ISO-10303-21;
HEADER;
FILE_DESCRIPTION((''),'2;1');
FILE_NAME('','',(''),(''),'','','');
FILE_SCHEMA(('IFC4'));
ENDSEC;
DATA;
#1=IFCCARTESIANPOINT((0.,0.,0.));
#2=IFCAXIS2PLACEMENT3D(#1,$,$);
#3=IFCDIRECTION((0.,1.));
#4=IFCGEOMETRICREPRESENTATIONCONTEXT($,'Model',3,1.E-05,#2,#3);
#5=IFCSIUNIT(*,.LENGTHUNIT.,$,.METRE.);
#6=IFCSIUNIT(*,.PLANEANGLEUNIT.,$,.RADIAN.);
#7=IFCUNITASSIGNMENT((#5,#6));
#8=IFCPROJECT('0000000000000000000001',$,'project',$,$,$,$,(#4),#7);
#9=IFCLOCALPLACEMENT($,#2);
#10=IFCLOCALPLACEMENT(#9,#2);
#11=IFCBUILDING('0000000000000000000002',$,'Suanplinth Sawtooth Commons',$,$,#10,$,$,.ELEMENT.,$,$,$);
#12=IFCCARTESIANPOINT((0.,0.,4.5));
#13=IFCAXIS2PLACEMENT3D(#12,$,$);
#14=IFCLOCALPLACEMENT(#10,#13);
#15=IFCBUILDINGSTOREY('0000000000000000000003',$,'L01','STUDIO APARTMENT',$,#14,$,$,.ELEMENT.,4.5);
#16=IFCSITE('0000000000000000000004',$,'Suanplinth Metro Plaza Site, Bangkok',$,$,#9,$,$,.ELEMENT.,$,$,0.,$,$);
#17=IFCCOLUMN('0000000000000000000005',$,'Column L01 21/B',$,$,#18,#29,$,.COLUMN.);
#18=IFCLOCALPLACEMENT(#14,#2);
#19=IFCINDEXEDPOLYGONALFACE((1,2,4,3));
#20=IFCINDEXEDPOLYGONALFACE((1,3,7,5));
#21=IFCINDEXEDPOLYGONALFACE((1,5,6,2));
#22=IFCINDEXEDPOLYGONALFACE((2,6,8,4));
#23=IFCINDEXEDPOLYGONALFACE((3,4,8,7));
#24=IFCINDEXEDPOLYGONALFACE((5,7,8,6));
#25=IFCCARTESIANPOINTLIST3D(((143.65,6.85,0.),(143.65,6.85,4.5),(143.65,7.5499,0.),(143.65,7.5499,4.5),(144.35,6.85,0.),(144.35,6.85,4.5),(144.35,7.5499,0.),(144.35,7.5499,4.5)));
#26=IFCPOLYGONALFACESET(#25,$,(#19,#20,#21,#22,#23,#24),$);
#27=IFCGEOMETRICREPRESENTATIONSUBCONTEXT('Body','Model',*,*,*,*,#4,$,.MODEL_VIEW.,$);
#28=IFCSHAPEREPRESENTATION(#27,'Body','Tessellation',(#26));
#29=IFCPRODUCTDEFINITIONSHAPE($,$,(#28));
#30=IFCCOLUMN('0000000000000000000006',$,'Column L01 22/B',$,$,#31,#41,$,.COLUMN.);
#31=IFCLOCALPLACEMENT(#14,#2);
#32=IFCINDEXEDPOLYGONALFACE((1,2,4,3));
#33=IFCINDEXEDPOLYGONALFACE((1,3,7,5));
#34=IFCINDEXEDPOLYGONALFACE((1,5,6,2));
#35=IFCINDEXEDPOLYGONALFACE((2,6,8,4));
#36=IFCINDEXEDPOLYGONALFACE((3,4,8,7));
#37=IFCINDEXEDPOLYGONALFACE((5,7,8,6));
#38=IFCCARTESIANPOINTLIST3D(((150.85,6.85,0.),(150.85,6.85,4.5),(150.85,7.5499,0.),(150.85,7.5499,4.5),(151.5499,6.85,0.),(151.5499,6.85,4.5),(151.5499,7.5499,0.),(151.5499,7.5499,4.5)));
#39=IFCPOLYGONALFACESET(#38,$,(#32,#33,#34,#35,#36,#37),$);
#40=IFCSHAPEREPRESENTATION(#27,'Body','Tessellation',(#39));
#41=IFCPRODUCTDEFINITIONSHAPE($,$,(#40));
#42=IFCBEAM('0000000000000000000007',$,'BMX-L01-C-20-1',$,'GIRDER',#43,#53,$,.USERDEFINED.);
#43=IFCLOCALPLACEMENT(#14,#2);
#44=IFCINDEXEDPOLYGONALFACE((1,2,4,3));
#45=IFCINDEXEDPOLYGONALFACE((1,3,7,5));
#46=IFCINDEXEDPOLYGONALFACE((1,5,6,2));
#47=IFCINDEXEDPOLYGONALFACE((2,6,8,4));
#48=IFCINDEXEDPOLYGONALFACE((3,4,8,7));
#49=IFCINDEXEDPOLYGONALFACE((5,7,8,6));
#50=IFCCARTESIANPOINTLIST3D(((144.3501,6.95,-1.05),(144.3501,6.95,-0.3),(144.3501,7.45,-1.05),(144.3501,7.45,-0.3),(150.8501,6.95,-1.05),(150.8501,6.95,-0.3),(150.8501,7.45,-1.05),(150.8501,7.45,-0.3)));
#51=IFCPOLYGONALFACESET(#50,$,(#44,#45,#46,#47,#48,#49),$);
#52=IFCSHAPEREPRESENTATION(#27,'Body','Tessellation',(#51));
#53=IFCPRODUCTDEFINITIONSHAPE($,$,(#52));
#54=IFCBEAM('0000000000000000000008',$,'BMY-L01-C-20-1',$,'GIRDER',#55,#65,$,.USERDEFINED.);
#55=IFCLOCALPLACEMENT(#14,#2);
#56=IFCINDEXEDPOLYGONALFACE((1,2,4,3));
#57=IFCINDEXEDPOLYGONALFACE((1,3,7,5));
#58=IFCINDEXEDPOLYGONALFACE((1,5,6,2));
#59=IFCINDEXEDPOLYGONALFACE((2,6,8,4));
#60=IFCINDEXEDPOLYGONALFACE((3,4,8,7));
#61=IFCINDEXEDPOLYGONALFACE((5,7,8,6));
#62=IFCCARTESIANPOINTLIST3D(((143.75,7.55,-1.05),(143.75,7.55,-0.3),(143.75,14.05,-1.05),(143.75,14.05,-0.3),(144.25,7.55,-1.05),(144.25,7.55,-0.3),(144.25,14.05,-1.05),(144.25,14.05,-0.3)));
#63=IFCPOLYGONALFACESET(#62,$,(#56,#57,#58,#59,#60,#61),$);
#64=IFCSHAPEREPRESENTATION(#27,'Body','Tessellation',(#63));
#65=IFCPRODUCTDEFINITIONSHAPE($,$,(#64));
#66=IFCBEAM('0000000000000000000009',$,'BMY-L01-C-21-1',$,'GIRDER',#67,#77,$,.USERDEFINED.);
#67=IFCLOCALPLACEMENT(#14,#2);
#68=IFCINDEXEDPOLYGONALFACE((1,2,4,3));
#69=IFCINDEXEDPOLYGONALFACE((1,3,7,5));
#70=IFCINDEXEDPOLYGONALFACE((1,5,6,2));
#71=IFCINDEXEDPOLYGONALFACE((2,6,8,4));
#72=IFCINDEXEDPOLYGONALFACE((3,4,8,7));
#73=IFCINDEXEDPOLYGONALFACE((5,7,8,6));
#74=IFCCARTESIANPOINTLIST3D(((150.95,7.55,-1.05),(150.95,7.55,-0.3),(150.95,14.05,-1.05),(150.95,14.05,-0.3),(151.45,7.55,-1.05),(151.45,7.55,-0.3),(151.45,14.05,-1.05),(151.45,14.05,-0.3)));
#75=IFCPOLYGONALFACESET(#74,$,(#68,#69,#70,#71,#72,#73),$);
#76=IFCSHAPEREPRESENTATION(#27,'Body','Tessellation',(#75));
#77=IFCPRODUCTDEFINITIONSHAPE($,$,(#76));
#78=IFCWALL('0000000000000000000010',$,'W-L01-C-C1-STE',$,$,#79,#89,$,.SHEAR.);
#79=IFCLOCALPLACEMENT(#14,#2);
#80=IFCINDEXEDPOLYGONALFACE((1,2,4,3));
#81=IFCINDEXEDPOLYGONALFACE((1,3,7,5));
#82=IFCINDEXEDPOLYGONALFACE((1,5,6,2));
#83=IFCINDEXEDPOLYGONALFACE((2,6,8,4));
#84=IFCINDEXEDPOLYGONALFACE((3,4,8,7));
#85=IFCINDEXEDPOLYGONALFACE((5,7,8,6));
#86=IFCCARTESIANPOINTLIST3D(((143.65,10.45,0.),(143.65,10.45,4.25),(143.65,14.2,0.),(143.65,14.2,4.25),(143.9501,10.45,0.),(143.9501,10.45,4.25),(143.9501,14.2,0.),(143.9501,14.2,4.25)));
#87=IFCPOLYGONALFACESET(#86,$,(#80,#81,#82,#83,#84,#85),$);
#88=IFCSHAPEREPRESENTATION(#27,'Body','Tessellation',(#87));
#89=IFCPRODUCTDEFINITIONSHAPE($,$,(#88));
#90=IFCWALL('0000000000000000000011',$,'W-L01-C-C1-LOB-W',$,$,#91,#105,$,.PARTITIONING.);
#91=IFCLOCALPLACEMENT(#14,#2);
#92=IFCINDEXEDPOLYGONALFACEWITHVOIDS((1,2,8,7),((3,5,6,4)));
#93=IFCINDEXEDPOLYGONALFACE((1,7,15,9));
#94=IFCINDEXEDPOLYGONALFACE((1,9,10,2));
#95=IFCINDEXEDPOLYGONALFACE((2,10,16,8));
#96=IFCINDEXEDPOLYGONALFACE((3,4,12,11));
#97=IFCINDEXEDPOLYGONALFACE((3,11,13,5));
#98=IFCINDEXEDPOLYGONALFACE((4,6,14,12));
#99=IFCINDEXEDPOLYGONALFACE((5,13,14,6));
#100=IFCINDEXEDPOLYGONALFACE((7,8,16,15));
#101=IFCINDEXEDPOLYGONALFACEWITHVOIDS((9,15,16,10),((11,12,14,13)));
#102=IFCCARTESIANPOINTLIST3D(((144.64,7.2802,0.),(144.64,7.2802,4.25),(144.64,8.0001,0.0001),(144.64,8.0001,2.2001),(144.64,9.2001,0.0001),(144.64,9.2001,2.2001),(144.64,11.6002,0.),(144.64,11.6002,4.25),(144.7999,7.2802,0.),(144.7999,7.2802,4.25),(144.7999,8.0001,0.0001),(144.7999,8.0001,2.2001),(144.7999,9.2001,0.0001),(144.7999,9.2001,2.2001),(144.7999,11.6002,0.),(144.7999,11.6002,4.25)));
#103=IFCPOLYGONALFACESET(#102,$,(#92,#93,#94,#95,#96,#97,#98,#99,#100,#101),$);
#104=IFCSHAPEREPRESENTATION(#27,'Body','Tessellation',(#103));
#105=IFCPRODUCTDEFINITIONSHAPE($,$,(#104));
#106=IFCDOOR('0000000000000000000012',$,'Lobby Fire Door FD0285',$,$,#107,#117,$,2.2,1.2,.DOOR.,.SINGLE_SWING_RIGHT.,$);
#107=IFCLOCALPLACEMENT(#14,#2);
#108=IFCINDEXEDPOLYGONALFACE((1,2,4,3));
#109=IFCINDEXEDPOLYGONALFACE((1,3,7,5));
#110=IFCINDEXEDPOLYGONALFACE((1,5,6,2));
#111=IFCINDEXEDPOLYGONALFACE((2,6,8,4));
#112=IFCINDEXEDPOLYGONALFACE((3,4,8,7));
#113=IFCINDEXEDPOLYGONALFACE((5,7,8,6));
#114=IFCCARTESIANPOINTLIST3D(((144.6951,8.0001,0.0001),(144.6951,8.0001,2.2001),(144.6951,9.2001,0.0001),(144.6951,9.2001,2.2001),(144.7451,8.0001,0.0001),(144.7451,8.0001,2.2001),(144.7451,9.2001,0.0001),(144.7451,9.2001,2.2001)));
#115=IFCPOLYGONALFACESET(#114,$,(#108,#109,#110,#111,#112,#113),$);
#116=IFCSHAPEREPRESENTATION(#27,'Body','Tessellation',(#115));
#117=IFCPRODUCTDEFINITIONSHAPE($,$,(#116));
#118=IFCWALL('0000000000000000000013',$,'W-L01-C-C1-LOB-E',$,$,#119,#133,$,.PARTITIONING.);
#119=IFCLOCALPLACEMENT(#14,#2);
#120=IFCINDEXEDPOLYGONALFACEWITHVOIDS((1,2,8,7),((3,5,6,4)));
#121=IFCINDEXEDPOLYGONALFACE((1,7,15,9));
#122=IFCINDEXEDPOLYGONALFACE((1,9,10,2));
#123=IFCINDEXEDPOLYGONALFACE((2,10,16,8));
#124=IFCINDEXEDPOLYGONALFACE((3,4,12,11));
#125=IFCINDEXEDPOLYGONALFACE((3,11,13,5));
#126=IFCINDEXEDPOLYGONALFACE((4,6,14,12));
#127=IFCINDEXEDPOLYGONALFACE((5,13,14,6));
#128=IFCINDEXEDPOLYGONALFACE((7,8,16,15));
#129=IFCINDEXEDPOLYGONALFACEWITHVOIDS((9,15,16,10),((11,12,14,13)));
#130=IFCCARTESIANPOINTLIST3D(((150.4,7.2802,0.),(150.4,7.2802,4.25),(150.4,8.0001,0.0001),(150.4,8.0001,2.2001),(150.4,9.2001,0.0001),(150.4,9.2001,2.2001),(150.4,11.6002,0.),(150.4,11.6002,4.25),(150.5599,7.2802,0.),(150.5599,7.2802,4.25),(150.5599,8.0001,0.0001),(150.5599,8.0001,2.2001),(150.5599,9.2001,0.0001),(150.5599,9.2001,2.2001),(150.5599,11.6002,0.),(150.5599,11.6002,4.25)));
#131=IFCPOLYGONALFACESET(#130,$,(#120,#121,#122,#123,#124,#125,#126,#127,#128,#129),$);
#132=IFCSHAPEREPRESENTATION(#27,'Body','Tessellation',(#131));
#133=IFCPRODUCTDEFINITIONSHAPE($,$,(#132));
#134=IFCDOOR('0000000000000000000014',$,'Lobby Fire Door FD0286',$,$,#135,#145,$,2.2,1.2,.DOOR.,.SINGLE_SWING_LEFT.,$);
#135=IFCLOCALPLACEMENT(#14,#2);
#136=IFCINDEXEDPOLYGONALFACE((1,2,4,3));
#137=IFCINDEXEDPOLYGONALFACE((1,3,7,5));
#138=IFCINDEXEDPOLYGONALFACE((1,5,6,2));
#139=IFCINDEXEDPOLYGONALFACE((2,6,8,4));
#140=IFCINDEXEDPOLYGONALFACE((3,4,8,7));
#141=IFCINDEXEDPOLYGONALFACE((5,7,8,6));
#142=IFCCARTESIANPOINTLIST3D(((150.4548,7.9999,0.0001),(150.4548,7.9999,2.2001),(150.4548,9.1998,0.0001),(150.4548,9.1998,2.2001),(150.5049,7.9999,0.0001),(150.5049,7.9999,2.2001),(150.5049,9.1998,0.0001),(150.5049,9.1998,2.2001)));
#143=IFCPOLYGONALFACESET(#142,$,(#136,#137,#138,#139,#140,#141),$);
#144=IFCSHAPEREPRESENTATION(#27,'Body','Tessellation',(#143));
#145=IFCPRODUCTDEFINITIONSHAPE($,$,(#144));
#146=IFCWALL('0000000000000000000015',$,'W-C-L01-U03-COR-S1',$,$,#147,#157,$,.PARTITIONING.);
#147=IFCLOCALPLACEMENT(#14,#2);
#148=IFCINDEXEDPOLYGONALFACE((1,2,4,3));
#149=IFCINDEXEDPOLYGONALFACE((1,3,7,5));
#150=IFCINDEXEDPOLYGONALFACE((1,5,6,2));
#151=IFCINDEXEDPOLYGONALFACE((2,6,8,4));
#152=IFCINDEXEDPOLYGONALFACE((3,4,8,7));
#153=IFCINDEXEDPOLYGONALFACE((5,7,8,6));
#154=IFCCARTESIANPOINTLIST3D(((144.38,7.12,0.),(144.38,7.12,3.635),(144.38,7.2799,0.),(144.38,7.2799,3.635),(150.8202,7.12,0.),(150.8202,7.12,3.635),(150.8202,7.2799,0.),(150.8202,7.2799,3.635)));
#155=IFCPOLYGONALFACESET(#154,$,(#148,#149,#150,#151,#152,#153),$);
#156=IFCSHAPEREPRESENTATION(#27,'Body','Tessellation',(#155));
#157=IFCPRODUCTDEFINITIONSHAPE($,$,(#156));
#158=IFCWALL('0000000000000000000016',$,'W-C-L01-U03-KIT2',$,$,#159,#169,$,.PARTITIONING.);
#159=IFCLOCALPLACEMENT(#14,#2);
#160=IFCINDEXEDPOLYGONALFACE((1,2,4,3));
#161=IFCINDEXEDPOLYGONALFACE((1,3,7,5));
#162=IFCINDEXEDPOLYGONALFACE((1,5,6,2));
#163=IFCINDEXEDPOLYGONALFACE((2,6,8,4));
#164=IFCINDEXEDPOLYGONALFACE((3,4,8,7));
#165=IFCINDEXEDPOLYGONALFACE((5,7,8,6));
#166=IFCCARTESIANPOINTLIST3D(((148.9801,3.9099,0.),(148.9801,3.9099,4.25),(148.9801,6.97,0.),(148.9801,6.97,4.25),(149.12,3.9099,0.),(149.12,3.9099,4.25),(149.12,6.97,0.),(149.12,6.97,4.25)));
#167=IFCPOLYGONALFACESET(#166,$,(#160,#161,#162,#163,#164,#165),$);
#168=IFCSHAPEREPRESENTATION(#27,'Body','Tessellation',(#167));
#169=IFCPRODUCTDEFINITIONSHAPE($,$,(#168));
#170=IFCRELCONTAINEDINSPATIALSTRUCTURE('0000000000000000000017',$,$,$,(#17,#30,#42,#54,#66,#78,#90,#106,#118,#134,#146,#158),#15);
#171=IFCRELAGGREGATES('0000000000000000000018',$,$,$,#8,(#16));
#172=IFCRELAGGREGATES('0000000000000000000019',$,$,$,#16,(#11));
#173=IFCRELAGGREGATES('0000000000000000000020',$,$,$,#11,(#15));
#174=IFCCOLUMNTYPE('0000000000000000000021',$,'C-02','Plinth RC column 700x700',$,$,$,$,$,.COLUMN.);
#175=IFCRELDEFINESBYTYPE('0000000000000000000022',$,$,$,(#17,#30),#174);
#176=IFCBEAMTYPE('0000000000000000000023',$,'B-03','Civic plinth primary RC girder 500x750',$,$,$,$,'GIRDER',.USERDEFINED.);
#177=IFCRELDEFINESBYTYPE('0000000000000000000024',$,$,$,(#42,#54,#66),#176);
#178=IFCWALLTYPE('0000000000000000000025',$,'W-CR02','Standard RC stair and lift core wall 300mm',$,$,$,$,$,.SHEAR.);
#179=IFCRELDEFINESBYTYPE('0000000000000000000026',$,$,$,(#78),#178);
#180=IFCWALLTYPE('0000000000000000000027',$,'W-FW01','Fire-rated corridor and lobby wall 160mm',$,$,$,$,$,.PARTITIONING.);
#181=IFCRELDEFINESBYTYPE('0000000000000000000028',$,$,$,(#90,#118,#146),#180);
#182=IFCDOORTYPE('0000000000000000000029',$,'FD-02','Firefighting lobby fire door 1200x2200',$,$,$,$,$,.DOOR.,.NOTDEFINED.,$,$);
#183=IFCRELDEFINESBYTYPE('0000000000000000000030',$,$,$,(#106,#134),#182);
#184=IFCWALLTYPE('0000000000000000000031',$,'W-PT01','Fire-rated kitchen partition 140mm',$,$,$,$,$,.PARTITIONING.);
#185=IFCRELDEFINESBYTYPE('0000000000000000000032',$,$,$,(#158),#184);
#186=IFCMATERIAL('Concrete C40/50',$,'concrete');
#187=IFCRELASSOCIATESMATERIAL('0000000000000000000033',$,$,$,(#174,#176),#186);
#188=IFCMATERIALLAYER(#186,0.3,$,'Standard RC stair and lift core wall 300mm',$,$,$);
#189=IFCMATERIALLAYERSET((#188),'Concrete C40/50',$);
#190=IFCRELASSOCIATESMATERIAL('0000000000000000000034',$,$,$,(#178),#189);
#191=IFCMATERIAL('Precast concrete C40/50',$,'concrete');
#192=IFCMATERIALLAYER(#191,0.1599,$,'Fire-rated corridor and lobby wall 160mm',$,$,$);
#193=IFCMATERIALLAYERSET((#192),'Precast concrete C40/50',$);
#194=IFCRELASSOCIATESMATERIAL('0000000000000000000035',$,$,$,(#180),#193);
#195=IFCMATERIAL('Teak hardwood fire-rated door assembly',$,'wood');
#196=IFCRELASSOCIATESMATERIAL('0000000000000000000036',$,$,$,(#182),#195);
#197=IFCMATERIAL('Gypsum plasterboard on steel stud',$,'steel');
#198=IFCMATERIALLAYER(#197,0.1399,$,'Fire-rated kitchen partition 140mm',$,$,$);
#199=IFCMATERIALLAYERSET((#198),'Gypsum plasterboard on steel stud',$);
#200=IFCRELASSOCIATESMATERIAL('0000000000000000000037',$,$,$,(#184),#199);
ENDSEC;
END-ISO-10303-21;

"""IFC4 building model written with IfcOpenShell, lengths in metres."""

from ifc_helpers import new_model, si_unit, direction, frame, frame_2d, origin, origin_2d, place, context, subcontext, project, spatial, rectangle, extrude, material, layer, layer_set, material_profile, profile_set, type_object, element, fill, save


model = new_model("IFC4")

# Units and contexts
model_context = context("Model", 3, precision=1e-05, world=origin(), true_north=direction((0.0, 1.0)))
body_context = subcontext(model_context, "Body", "Model", "MODEL_VIEW")
ifc_project = project(units=[si_unit("LENGTHUNIT", "METRE"), si_unit("PLANEANGLEUNIT", "RADIAN")], contexts=[model_context])

# Site, building, storey
site_placement = place(None, origin())
site = spatial("IfcSite", under=ifc_project, at=site_placement, Name="Suanplinth Metro Plaza Site, Bangkok", CompositionType="ELEMENT", RefElevation=0.0)
building_placement = place(site_placement, origin())
building = spatial("IfcBuilding", under=site, at=building_placement, Name="Suanplinth Sawtooth Commons", CompositionType="ELEMENT")
storey_placement = place(building_placement, frame((0.0, 0.0, 4.5)))
storey = spatial("IfcBuildingStorey", under=building, at=storey_placement, Name="L01", Description="STUDIO APARTMENT", CompositionType="ELEMENT", Elevation=4.5)

# Columns
ifc_material_1 = material(Name="Concrete C40/50", Category="concrete")
ifc_material_profile_1 = material_profile(ifc_material_1, rectangle(XDim=0.7, YDim=0.7, at=origin_2d()), Name="RC-COL 700x700")
ifc_profile_set_1 = profile_set([ifc_material_profile_1], Name="Concrete C40/50")
column_type = type_object("IfcColumnType", Name="C-02", Description="Plinth RC column 700x700", PredefinedType="COLUMN", material=ifc_profile_set_1)
for number, where, z_axis, x_axis, name in (
    (1, (144.0, 7.2, 0.0), (0.0, 0.0, 1.0), (1.0, 0.0, 0.0), "Column L01 21/B"),
    (2, (151.2, 7.2, 0.0), (0.0, 0.0, 1.0), (1.0, 0.0, 0.0), "Column L01 22/B"),
):
    element("IfcColumn", number, at=place(storey_placement, frame(where, z_axis=z_axis, x_axis=x_axis)), inside=storey, type_object=column_type, Name=name, PredefinedType="COLUMN", context=body_context, shape_type="SweptSolid", body=[
        extrude(rectangle(XDim=0.7, YDim=0.7, at=origin_2d()), origin(), (0.0, 0.0, 1.0), 4.5),
    ])

# Beams
ifc_material_profile_2 = material_profile(ifc_material_1, rectangle(XDim=0.5, YDim=0.75, at=origin_2d()), Name="RC-GDR 500x750")
ifc_profile_set_2 = profile_set([ifc_material_profile_2], Name="Concrete C40/50")
beam_type = type_object("IfcBeamType", Name="B-03", Description="Civic plinth primary RC girder 500x750", ElementType="GIRDER", PredefinedType="USERDEFINED", material=ifc_profile_set_2)
for number, where, z_axis, x_axis, name in (
    (3, (144.3501, 7.2, -0.675), (1.0, 0.0, 0.0), (0.0, 1.0, 0.0), "BMX-L01-C-20-1"),
    (4, (144.0, 7.55, -0.675), (0.0, 1.0, 0.0), (-1.0, 0.0, 0.0), "BMY-L01-C-20-1"),
    (5, (151.2, 7.55, -0.675), (0.0, 1.0, 0.0), (-1.0, 0.0, 0.0), "BMY-L01-C-21-1"),
):
    element("IfcBeam", number, at=place(storey_placement, frame(where, z_axis=z_axis, x_axis=x_axis)), inside=storey, type_object=beam_type, Name=name, ObjectType="GIRDER", PredefinedType="USERDEFINED", context=body_context, shape_type="SweptSolid", body=[
        extrude(rectangle(XDim=0.5, YDim=0.75, at=origin_2d()), origin(), (0.0, 0.0, 1.0), 6.5),
    ])

# Wall
ifc_layer_1 = layer(ifc_material_1, 0.3, Name="Standard RC stair and lift core wall 300mm")
ifc_layer_set_1 = layer_set([ifc_layer_1], Name="Concrete C40/50")
wall_type_1 = type_object("IfcWallType", Name="W-CR02", Description="Standard RC stair and lift core wall 300mm", PredefinedType="SHEAR", material=ifc_layer_set_1)
wall_1_placement = place(storey_placement, frame((143.8, 10.45, 0.0), z_axis=(0.0, 0.0, 1.0), x_axis=(0.0, 1.0, 0.0)))
element("IfcWall", 6, at=wall_1_placement, inside=storey, type_object=wall_type_1, Name="W-L01-C-C1-STE", PredefinedType="SHEAR", context=body_context, shape_type="SweptSolid", body=[
    extrude(rectangle(XDim=3.75, YDim=0.3, at=frame_2d((1.875, 0.0))), origin(), (0.0, 0.0, 1.0), 4.25),
])

# Walls, openings, doors
ifc_material_2 = material(Name="Precast concrete C40/50", Category="concrete")
ifc_layer_2 = layer(ifc_material_2, 0.1599, Name="Fire-rated corridor and lobby wall 160mm")
ifc_layer_set_2 = layer_set([ifc_layer_2], Name="Precast concrete C40/50")
wall_type_2 = type_object("IfcWallType", Name="W-FW01", Description="Fire-rated corridor and lobby wall 160mm", PredefinedType="PARTITIONING", material=ifc_layer_set_2)
wall_2_placement = place(storey_placement, frame((144.72, 7.28, 0.0), z_axis=(0.0, 0.0, 1.0), x_axis=(0.0, 1.0, 0.0)))
wall_2 = element("IfcWall", 7, at=wall_2_placement, inside=storey, type_object=wall_type_2, Name="W-L01-C-C1-LOB-W", PredefinedType="PARTITIONING", context=body_context, shape_type="SweptSolid", body=[
    extrude(rectangle(XDim=4.3201, YDim=0.1599, at=frame_2d((2.1602, 0.0))), origin(), (0.0, 0.0, 1.0), 4.25),
])
opening_1_placement = place(wall_2_placement, frame((0.72, 0.0, 0.0)))
opening_1 = element("IfcOpeningElement", 8, at=opening_1_placement, cuts=wall_2, PredefinedType="OPENING", context=body_context, shape_type="SweptSolid", body=[
    extrude(rectangle(XDim=1.2, YDim=2.2, at=frame_2d((0.6001, 1.1001))), frame((0.0, 0.0947, 0.0), z_axis=(0.0, -1.0, 0.0), x_axis=(1.0, 0.0, 0.0)), (0.0, 0.0, 1.0), 0.1897),
])
ifc_material_3 = material(Name="Teak hardwood fire-rated door assembly", Category="wood")
door_type_1 = type_object("IfcDoorType", Name="FD-02", Description="Firefighting lobby fire door 1200x2200", OperationType="NOTDEFINED", PredefinedType="DOOR", material=ifc_material_3)
door_1_placement = place(opening_1_placement, origin())
door_1 = element("IfcDoor", 9, at=door_1_placement, inside=storey, type_object=door_type_1, Name="Lobby Fire Door FD0285", OperationType="SINGLE_SWING_RIGHT", OverallHeight=2.2, OverallWidth=1.2, PredefinedType="DOOR", context=body_context, shape_type="SweptSolid", body=[
    extrude(rectangle(XDim=1.2, YDim=2.2, at=frame_2d((0.6001, 1.1001))), frame((0.0, 0.0249, 0.0), z_axis=(0.0, -1.0, 0.0), x_axis=(1.0, 0.0, 0.0)), (0.0, 0.0, 1.0), 0.05),
])
fill(opening_1, door_1)
wall_3_placement = place(storey_placement, frame((150.48, 7.28, 0.0), z_axis=(0.0, 0.0, 1.0), x_axis=(0.0, 1.0, 0.0)))
wall_3 = element("IfcWall", 10, at=wall_3_placement, inside=storey, type_object=wall_type_2, Name="W-L01-C-C1-LOB-E", PredefinedType="PARTITIONING", context=body_context, shape_type="SweptSolid", body=[
    extrude(rectangle(XDim=4.3201, YDim=0.1599, at=frame_2d((2.1602, 0.0))), origin(), (0.0, 0.0, 1.0), 4.25),
])
opening_2_placement = place(wall_3_placement, frame((0.72, 0.0, 0.0)))
opening_2 = element("IfcOpeningElement", 11, at=opening_2_placement, cuts=wall_3, PredefinedType="OPENING", context=body_context, shape_type="SweptSolid", body=[
    extrude(rectangle(XDim=1.2, YDim=2.2, at=frame_2d((0.6001, 1.1001))), frame((0.0, 0.0947, 0.0), z_axis=(0.0, -1.0, 0.0), x_axis=(1.0, 0.0, 0.0)), (0.0, 0.0, 1.0), 0.1897),
])
door_2_placement = place(opening_2_placement, frame((1.2, 0.0, 0.0), z_axis=(0.0, 0.0, 1.0), x_axis=(-1.0, 0.0, 0.0)))
door_2 = element("IfcDoor", 12, at=door_2_placement, inside=storey, type_object=door_type_1, Name="Lobby Fire Door FD0286", OperationType="SINGLE_SWING_LEFT", OverallHeight=2.2, OverallWidth=1.2, PredefinedType="DOOR", context=body_context, shape_type="SweptSolid", body=[
    extrude(rectangle(XDim=1.2, YDim=2.2, at=frame_2d((0.6001, 1.1001))), frame((0.0, 0.0249, 0.0), z_axis=(0.0, -1.0, 0.0), x_axis=(1.0, 0.0, 0.0)), (0.0, 0.0, 1.0), 0.05),
])
fill(opening_2, door_2)

# Walls
wall_4_placement = place(storey_placement, frame((144.3799, 7.2, 0.0), z_axis=(0.0, 0.0, 1.0), x_axis=(1.0, 0.0, 0.0)))
element("IfcWall", 13, at=wall_4_placement, inside=storey, type_object=wall_type_2, Name="W-C-L01-U03-COR-S1", PredefinedType="PARTITIONING", context=body_context, shape_type="SweptSolid", body=[
    extrude(rectangle(XDim=6.4402, YDim=0.1599, at=frame_2d((3.2202, 0.0))), origin(), (0.0, 0.0, 1.0), 3.635),
])
ifc_material_4 = material(Name="Gypsum plasterboard on steel stud", Category="steel")
ifc_layer_3 = layer(ifc_material_4, 0.1399, Name="Fire-rated kitchen partition 140mm")
ifc_layer_set_3 = layer_set([ifc_layer_3], Name="Gypsum plasterboard on steel stud")
wall_type_3 = type_object("IfcWallType", Name="W-PT01", Description="Fire-rated kitchen partition 140mm", PredefinedType="PARTITIONING", material=ifc_layer_set_3)
wall_5_placement = place(storey_placement, frame((149.05, 3.9099, 0.0), z_axis=(0.0, 0.0, 1.0), x_axis=(0.0, 1.0, 0.0)))
element("IfcWall", 14, at=wall_5_placement, inside=storey, type_object=wall_type_3, Name="W-C-L01-U03-KIT2", PredefinedType="PARTITIONING", context=body_context, shape_type="SweptSolid", body=[
    extrude(rectangle(XDim=3.0601, YDim=0.1399, at=frame_2d((1.53, 0.0))), origin(), (0.0, 0.0, 1.0), 4.25),
])

save(model, "model.ifc")
